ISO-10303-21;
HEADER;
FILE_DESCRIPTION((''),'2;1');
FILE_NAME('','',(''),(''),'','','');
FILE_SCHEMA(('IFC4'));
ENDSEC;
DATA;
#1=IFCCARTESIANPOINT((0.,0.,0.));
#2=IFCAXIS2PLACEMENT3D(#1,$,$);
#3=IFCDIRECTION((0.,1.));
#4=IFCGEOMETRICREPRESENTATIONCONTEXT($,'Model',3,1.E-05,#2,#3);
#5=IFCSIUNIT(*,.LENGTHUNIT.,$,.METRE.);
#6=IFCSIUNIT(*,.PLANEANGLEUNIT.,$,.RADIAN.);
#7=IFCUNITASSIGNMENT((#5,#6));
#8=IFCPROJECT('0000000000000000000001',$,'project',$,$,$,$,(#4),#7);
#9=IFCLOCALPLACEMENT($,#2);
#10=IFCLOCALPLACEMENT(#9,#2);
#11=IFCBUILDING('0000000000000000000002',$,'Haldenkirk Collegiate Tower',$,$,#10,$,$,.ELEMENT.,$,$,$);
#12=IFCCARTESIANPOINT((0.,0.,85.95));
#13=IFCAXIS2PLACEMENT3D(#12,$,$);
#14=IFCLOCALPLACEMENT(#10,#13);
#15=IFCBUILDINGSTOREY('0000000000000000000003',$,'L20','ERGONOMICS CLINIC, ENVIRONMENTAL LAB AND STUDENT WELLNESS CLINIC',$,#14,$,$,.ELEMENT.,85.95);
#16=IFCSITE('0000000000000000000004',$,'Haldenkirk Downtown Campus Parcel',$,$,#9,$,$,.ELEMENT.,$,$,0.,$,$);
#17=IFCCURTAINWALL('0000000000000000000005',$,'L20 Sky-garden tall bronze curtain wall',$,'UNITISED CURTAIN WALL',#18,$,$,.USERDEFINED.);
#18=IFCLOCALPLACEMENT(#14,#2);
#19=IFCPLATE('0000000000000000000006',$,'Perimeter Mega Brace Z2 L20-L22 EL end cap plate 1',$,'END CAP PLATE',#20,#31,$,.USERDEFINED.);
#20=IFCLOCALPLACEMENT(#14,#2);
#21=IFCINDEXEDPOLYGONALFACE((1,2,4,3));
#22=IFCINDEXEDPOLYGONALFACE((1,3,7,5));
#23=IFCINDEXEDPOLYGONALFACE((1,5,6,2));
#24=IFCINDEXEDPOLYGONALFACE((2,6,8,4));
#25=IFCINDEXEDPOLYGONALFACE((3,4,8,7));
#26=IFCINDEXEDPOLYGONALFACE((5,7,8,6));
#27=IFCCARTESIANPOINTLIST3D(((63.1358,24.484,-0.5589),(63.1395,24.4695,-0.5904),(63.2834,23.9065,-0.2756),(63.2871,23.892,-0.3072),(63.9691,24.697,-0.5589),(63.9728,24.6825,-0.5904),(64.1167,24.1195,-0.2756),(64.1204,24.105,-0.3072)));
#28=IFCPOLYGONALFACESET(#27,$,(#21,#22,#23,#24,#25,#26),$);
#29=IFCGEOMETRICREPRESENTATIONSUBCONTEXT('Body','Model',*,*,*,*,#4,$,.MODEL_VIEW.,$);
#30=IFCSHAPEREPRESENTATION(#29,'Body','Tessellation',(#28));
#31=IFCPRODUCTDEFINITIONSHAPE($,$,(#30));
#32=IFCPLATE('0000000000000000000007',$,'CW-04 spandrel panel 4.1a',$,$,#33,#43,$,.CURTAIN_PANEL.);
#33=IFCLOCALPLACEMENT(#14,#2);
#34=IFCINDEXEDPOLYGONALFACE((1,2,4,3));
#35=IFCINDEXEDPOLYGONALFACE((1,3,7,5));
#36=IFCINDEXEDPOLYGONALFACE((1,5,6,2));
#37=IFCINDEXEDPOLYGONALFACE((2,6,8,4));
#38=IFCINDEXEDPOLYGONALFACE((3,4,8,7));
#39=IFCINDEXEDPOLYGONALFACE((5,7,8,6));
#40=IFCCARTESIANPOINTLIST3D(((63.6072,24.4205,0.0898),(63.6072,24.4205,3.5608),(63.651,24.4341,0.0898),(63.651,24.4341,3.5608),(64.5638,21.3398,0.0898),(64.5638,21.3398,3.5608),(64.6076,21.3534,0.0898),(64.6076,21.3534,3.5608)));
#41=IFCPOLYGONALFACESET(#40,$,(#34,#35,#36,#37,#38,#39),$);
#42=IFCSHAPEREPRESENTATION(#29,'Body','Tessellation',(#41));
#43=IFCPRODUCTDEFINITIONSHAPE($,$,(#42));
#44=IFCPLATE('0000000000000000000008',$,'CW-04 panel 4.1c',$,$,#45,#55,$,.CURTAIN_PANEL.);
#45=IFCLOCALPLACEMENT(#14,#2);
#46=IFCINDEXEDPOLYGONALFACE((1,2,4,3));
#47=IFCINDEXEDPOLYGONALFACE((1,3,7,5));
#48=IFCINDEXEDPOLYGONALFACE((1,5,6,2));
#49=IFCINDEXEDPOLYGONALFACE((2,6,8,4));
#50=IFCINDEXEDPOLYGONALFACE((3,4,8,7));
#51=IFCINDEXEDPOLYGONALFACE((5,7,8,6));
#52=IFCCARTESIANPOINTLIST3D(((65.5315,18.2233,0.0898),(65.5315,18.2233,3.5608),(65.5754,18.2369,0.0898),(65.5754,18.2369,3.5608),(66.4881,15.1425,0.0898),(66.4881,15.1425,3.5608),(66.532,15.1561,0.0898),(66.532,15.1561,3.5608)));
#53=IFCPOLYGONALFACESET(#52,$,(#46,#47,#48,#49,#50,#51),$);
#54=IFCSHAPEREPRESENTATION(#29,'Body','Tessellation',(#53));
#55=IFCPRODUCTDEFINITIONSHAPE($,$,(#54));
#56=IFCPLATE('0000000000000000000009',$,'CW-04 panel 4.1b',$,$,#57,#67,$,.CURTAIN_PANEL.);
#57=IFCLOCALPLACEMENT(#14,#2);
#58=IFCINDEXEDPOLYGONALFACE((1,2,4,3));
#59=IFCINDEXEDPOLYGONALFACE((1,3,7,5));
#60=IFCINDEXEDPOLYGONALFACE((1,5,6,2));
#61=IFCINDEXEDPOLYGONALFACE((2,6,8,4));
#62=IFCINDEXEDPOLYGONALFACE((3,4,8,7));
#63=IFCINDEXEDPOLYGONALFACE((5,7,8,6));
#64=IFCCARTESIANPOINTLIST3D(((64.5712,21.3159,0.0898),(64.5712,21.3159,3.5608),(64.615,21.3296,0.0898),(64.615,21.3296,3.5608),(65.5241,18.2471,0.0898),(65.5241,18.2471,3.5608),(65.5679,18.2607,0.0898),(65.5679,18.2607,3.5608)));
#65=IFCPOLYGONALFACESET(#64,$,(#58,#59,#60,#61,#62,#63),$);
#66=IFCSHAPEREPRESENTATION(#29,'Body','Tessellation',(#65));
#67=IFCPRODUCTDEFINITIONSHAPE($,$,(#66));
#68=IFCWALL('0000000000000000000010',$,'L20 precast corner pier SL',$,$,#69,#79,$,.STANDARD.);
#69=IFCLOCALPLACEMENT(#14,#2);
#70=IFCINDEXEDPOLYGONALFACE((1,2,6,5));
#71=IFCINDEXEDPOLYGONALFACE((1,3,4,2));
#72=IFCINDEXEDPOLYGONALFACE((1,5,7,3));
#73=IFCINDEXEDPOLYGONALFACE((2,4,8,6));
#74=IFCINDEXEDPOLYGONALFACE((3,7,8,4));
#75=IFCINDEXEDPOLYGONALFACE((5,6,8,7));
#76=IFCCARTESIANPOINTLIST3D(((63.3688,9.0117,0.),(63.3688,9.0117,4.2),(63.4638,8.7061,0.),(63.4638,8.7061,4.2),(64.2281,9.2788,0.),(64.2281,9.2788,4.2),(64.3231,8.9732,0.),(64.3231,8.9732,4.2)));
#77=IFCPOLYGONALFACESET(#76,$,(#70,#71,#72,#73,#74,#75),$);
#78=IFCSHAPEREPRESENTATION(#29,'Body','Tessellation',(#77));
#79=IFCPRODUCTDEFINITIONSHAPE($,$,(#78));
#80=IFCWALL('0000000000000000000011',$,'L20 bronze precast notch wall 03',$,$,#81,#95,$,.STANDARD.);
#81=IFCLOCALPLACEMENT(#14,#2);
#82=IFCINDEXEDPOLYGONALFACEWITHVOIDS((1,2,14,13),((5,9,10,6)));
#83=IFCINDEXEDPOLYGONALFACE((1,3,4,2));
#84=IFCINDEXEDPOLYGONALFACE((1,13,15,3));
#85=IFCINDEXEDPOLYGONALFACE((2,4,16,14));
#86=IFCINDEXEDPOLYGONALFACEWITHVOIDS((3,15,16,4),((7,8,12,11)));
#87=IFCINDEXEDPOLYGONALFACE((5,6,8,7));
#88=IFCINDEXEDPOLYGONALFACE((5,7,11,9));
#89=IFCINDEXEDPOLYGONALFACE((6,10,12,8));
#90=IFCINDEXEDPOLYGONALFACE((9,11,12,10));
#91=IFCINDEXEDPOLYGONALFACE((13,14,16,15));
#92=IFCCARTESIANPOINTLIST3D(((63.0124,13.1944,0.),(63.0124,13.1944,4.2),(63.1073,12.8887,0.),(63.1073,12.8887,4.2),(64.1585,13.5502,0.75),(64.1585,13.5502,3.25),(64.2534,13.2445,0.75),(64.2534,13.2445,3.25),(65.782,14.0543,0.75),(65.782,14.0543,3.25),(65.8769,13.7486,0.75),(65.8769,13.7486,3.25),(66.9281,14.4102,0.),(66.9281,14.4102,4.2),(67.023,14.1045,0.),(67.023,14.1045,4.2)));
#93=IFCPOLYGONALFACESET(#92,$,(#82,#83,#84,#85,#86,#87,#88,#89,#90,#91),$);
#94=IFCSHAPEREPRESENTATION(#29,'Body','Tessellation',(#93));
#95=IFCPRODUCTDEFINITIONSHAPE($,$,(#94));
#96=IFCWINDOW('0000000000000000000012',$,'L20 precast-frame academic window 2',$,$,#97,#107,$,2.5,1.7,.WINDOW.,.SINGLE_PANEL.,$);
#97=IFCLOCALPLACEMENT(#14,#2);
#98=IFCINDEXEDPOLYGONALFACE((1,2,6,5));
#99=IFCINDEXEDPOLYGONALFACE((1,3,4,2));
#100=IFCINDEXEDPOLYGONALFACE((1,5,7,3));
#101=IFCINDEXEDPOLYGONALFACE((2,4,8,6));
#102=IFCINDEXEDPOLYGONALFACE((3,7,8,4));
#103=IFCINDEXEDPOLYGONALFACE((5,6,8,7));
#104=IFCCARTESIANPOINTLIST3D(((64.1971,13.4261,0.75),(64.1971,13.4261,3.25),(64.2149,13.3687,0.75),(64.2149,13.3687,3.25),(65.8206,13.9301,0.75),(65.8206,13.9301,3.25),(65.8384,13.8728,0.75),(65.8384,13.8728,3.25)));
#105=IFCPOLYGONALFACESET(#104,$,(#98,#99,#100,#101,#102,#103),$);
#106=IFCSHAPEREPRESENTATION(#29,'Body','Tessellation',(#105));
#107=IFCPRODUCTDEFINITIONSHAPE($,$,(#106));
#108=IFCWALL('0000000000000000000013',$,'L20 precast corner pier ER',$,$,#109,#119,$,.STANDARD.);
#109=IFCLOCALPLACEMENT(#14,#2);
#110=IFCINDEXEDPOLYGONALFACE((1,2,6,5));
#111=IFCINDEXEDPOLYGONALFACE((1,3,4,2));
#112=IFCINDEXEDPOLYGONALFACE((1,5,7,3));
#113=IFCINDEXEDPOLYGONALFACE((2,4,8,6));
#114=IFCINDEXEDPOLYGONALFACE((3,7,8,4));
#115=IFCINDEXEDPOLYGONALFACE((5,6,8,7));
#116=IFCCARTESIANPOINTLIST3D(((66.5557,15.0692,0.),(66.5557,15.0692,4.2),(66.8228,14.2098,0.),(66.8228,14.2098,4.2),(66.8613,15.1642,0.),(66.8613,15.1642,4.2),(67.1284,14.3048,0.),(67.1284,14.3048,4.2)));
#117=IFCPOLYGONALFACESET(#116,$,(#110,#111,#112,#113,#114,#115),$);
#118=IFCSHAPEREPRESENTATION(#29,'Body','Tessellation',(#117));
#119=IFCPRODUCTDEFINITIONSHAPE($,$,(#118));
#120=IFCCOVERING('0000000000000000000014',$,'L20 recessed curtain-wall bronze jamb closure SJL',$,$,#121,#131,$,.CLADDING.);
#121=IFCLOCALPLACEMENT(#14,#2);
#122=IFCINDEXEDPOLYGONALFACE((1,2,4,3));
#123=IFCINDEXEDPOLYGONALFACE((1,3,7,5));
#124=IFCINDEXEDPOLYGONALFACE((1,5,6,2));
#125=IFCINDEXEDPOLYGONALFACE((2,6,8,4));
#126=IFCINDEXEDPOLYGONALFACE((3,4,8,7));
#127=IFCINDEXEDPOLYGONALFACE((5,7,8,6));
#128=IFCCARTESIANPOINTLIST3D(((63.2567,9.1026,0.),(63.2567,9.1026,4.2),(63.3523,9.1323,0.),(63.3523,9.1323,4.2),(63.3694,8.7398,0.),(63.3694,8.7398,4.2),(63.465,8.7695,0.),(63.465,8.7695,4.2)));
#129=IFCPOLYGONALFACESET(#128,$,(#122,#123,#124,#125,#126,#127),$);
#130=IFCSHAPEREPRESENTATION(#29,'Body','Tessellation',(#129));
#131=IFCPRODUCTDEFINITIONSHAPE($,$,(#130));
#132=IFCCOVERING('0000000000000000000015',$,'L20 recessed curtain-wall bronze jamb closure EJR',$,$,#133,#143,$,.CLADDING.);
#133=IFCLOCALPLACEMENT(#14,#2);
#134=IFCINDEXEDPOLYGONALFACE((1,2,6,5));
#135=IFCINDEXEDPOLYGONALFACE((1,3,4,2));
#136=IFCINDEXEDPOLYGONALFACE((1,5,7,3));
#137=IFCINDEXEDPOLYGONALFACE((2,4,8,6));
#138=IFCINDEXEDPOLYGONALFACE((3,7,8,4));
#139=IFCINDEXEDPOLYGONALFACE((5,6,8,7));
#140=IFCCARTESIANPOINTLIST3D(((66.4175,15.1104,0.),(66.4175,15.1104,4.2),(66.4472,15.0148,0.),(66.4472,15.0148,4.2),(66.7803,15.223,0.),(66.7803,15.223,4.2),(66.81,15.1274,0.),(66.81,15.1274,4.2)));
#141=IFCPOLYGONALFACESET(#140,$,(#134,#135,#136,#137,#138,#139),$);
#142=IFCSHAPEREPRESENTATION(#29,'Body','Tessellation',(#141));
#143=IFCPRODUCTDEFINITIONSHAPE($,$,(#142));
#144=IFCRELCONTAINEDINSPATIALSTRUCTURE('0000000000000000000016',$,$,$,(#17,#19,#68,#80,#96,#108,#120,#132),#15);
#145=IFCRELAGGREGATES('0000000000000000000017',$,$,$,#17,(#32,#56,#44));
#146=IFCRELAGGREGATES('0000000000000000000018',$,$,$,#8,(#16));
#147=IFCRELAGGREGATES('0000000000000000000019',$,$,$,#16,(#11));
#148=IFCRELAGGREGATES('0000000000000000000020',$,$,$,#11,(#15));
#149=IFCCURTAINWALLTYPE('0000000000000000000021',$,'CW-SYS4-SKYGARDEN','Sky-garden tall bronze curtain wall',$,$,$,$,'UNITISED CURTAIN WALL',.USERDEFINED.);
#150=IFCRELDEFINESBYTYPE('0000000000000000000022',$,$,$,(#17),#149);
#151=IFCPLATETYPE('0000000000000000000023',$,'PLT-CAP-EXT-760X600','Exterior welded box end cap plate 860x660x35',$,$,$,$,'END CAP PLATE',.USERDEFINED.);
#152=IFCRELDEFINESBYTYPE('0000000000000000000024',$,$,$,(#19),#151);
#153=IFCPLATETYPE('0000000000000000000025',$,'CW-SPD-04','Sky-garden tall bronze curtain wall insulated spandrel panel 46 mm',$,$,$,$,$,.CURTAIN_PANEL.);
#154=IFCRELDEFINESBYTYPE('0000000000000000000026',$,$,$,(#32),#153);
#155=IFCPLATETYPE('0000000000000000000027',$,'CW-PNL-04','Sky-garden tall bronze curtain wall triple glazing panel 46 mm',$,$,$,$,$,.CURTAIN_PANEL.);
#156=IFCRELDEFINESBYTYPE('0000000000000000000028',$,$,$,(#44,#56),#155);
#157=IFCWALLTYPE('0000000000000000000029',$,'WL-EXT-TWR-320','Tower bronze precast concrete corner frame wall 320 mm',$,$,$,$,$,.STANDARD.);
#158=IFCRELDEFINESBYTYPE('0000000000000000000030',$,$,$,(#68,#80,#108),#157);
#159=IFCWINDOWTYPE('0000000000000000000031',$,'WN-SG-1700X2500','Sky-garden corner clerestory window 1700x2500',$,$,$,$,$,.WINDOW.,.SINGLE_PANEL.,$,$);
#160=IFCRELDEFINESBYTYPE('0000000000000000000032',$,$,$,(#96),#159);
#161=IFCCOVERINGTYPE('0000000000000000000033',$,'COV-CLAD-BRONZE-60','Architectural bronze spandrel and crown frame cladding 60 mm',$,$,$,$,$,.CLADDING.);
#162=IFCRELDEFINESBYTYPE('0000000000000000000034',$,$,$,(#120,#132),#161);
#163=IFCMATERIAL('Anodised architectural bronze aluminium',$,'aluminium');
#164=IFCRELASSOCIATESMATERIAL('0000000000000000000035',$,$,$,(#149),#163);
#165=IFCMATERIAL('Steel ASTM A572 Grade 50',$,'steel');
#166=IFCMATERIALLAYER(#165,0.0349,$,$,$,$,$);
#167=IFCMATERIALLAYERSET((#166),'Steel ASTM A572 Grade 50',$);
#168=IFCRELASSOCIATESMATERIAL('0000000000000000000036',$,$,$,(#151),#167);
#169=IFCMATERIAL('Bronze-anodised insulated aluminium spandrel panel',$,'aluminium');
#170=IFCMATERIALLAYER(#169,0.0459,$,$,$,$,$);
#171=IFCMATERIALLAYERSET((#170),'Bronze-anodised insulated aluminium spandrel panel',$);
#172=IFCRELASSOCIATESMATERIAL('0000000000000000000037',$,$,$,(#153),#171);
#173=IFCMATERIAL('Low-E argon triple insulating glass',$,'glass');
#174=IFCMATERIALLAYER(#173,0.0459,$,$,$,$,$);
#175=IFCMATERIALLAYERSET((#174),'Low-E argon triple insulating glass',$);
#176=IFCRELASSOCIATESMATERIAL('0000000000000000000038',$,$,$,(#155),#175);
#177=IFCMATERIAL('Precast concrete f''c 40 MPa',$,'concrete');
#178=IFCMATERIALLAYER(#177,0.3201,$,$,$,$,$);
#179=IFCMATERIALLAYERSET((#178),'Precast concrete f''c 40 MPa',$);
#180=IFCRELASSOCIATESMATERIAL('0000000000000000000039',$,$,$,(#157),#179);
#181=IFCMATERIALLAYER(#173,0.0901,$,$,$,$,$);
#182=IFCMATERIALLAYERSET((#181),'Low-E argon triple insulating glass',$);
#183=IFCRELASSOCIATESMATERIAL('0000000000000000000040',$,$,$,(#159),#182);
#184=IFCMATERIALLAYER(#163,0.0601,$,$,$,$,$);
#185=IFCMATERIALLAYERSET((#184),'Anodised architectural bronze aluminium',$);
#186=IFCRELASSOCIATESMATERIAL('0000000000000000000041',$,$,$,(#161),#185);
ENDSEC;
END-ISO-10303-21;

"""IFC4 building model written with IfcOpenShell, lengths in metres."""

from ifc_helpers import new_model, si_unit, direction, frame, frame_2d, origin, origin_2d, place, context, subcontext, project, spatial, rectangle, extrude, source, transform, mapped, material, layer, layer_set, type_object, element, fill, aggregate, save


model = new_model("IFC4")

# Units and contexts
model_context = context("Model", 3, precision=1e-05, world=origin(), true_north=direction((0.0, 1.0)))
body_context = subcontext(model_context, "Body", "Model", "MODEL_VIEW")
ifc_project = project(units=[si_unit("LENGTHUNIT", "METRE"), si_unit("PLANEANGLEUNIT", "RADIAN")], contexts=[model_context])

# Site, building, storey
site_placement = place(None, origin())
site = spatial("IfcSite", under=ifc_project, at=site_placement, Name="Haldenkirk Downtown Campus Parcel", CompositionType="ELEMENT", RefElevation=0.0)
building_placement = place(site_placement, origin())
building = spatial("IfcBuilding", under=site, at=building_placement, Name="Haldenkirk Collegiate Tower", CompositionType="ELEMENT")
storey_placement = place(building_placement, frame((0.0, 0.0, 85.95)))
storey = spatial("IfcBuildingStorey", under=building, at=storey_placement, Name="L20", Description="ERGONOMICS CLINIC, ENVIRONMENTAL LAB AND STUDENT WELLNESS CLINIC", CompositionType="ELEMENT", Elevation=85.95)

# Shared definitions
ifc_material_1 = material(Name="Anodised architectural bronze aluminium", Category="aluminium")
curtain_wall_type = type_object("IfcCurtainWallType", Name="CW-SYS4-SKYGARDEN", Description="Sky-garden tall bronze curtain wall", ElementType="UNITISED CURTAIN WALL", PredefinedType="USERDEFINED", material=ifc_material_1)

# Curtain wall
curtain_wall_1_placement = place(storey_placement, origin())
curtain_wall_1 = element("IfcCurtainWall", 1, at=curtain_wall_1_placement, inside=storey, type_object=curtain_wall_type, Name="L20 Sky-garden tall bronze curtain wall", ObjectType="UNITISED CURTAIN WALL", PredefinedType="USERDEFINED")

# Shared definitions
ifc_material_2 = material(Name="Steel ASTM A572 Grade 50", Category="steel")

# Plates
ifc_layer_1 = layer(ifc_material_2, 0.0349)
ifc_layer_set_1 = layer_set([ifc_layer_1], Name="Steel ASTM A572 Grade 50")
plate_type_1 = type_object("IfcPlateType", Name="PLT-CAP-EXT-760X600", Description="Exterior welded box end cap plate 860x660x35", ElementType="END CAP PLATE", PredefinedType="USERDEFINED", material=ifc_layer_set_1)
shared_shape_1 = source(origin(), body_context, "Body", "SweptSolid", [
    extrude(rectangle(XDim=0.8601, YDim=0.6599, at=origin_2d()), origin(), (0.0, 0.0, 1.0), 0.0349),
])
plate_1_placement = place(storey_placement, frame((63.6262, 24.3018, -0.4172), z_axis=(0.106297, -0.415827, -0.90321), x_axis=(0.968846, 0.247664, 0.0)))
element("IfcPlate", 2, at=plate_1_placement, inside=storey, type_object=plate_type_1, Name="Perimeter Mega Brace Z2 L20-L22 EL end cap plate 1", ObjectType="END CAP PLATE", PredefinedType="USERDEFINED", context=body_context, shape_type="MappedRepresentation", body=[
    mapped(shared_shape_1, transform((0.0, 0.0, 0.0), x_axis=(1.0, 0.0, 0.0), y_axis=(0.0, 1.0, 0.0), z_axis=(0.0, 0.0, 1.0), scale=1.0)),
])
ifc_material_3 = material(Name="Bronze-anodised insulated aluminium spandrel panel", Category="aluminium")
ifc_layer_2 = layer(ifc_material_3, 0.0459)
ifc_layer_set_2 = layer_set([ifc_layer_2], Name="Bronze-anodised insulated aluminium spandrel panel")
plate_type_2 = type_object("IfcPlateType", Name="CW-SPD-04", Description="Sky-garden tall bronze curtain wall insulated spandrel panel 46 mm", PredefinedType="CURTAIN_PANEL", material=ifc_layer_set_2)
shared_shape_2 = source(origin(), body_context, "Body", "SweptSolid", [
    extrude(rectangle(XDim=3.2258, YDim=0.0459, at=origin_2d()), origin(), (0.0, 0.0, 1.0), 3.4709),
])
plate_2_placement = place(storey_placement, frame((64.1074, 22.887, 0.0898), z_axis=(0.0, 0.0, 1.0), x_axis=(0.296541, -0.95502, 0.0)))
plate_2 = element("IfcPlate", 3, at=plate_2_placement, type_object=plate_type_2, Name="CW-04 spandrel panel 4.1a", PredefinedType="CURTAIN_PANEL", context=body_context, shape_type="MappedRepresentation", body=[
    mapped(shared_shape_2, transform((0.0, 0.0, 0.0), x_axis=(1.0, 0.0, 0.0), y_axis=(0.0, 1.0, 0.0), z_axis=(0.0, 0.0, 1.0), scale=1.0)),
])
ifc_material_4 = material(Name="Low-E argon triple insulating glass", Category="glass")
ifc_layer_3 = layer(ifc_material_4, 0.0459)
ifc_layer_set_3 = layer_set([ifc_layer_3], Name="Low-E argon triple insulating glass")
plate_type_3 = type_object("IfcPlateType", Name="CW-PNL-04", Description="Sky-garden tall bronze curtain wall triple glazing panel 46 mm", PredefinedType="CURTAIN_PANEL", material=ifc_layer_set_3)
plate_3_placement = place(storey_placement, frame((66.0317, 16.6897, 0.0898), z_axis=(0.0, 0.0, 1.0), x_axis=(0.296541, -0.95502, 0.0)))
plate_3 = element("IfcPlate", 4, at=plate_3_placement, type_object=plate_type_3, Name="CW-04 panel 4.1c", PredefinedType="CURTAIN_PANEL", context=body_context, shape_type="MappedRepresentation", body=[
    mapped(shared_shape_2, transform((0.0, 0.0, 0.0), x_axis=(1.0, 0.0, 0.0), y_axis=(0.0, 1.0, 0.0), z_axis=(0.0, 0.0, 1.0), scale=1.0)),
])
shared_shape_3 = source(origin(), body_context, "Body", "SweptSolid", [
    extrude(rectangle(XDim=3.2134, YDim=0.0459, at=origin_2d()), origin(), (0.0, 0.0, 1.0), 3.4709),
])
plate_4_placement = place(storey_placement, frame((65.0696, 19.7883, 0.0898), z_axis=(0.0, 0.0, 1.0), x_axis=(0.296541, -0.95502, 0.0)))
plate_4 = element("IfcPlate", 5, at=plate_4_placement, type_object=plate_type_3, Name="CW-04 panel 4.1b", PredefinedType="CURTAIN_PANEL", context=body_context, shape_type="MappedRepresentation", body=[
    mapped(shared_shape_3, transform((0.0, 0.0, 0.0), x_axis=(1.0, 0.0, 0.0), y_axis=(0.0, 1.0, 0.0), z_axis=(0.0, 0.0, 1.0), scale=1.0)),
])
aggregate(curtain_wall_1, [plate_2, plate_4, plate_3])

# Wall
ifc_material_5 = material(Name="Precast concrete f'c 40 MPa", Category="concrete")
ifc_layer_4 = layer(ifc_material_5, 0.3201)
ifc_layer_set_4 = layer_set([ifc_layer_4], Name="Precast concrete f'c 40 MPa")
wall_type = type_object("IfcWallType", Name="WL-EXT-TWR-320", Description="Tower bronze precast concrete corner frame wall 320 mm", PredefinedType="STANDARD", material=ifc_layer_set_4)
wall_1_placement = place(storey_placement, frame((64.2756, 9.126, 0.0), z_axis=(0.0, 0.0, 1.0), x_axis=(-0.954942, -0.296792, 0.0)))
element("IfcWall", 6, at=wall_1_placement, inside=storey, type_object=wall_type, Name="L20 precast corner pier SL", PredefinedType="STANDARD", context=body_context, shape_type="SweptSolid", body=[
    extrude(rectangle(XDim=0.8999, YDim=0.3201, at=frame_2d((0.45, 0.0))), origin(), (0.0, 0.0, 1.0), 4.2),
])

# Wall, opening, window
wall_2_placement = place(storey_placement, frame((66.9756, 14.2573, 0.0), z_axis=(0.0, 0.0, 1.0), x_axis=(-0.955024, -0.296528, 0.0)))
wall_2 = element("IfcWall", 7, at=wall_2_placement, inside=storey, type_object=wall_type, Name="L20 bronze precast notch wall 03", PredefinedType="STANDARD", context=body_context, shape_type="SweptSolid", body=[
    extrude(rectangle(XDim=4.1001, YDim=0.3201, at=frame_2d((2.05, 0.0))), origin(), (0.0, 0.0, 1.0), 4.2),
])
opening_placement = place(wall_2_placement, frame((1.2, 0.0, 0.75)))
opening = element("IfcOpeningElement", 8, at=opening_placement, cuts=wall_2, PredefinedType="OPENING", context=body_context, shape_type="SweptSolid", body=[
    extrude(rectangle(XDim=1.7, YDim=2.5, at=frame_2d((0.8501, 1.25))), frame((0.0, 0.1699, 0.0), z_axis=(0.0, -1.0, 0.0), x_axis=(1.0, 0.0, 0.0)), (0.0, 0.0, 1.0), 0.3401),
])
ifc_layer_5 = layer(ifc_material_4, 0.0901)
ifc_layer_set_5 = layer_set([ifc_layer_5], Name="Low-E argon triple insulating glass")
window_type = type_object("IfcWindowType", Name="WN-SG-1700X2500", Description="Sky-garden corner clerestory window 1700x2500", PartitioningType="SINGLE_PANEL", PredefinedType="WINDOW", material=ifc_layer_set_5)
window_placement = place(opening_placement, origin())
window = element("IfcWindow", 9, at=window_placement, inside=storey, type_object=window_type, Name="L20 precast-frame academic window 2", OverallHeight=2.5, OverallWidth=1.7, PartitioningType="SINGLE_PANEL", PredefinedType="WINDOW", context=body_context, shape_type="SweptSolid", body=[
    extrude(rectangle(XDim=1.7, YDim=2.5, at=frame_2d((0.8501, 1.25))), frame((0.0, 0.03, 0.0), z_axis=(0.0, -1.0, 0.0), x_axis=(1.0, 0.0, 0.0)), (0.0, 0.0, 1.0), 0.0601),
])
fill(opening, window)

# Wall
wall_3_placement = place(storey_placement, frame((66.7085, 15.1167, 0.0), z_axis=(0.0, 0.0, 1.0), x_axis=(0.296792, -0.954942, 0.0)))
element("IfcWall", 10, at=wall_3_placement, inside=storey, type_object=wall_type, Name="L20 precast corner pier ER", PredefinedType="STANDARD", context=body_context, shape_type="SweptSolid", body=[
    extrude(rectangle(XDim=0.8999, YDim=0.3201, at=frame_2d((0.45, 0.0))), origin(), (0.0, 0.0, 1.0), 4.2),
])

# Coverings
ifc_layer_6 = layer(ifc_material_1, 0.0601)
ifc_layer_set_6 = layer_set([ifc_layer_6], Name="Anodised architectural bronze aluminium")
covering_type = type_object("IfcCoveringType", Name="COV-CLAD-BRONZE-60", Description="Architectural bronze spandrel and crown frame cladding 60 mm", PredefinedType="CLADDING", material=ifc_layer_set_6)
shared_shape_4 = source(origin(), body_context, "Body", "SweptSolid", [
    extrude(rectangle(XDim=0.1001, YDim=0.3799, at=origin_2d()), origin(), (0.0, 0.0, 1.0), 4.2),
])
for number, where, z_axis, x_axis, name in (
    (11, (63.3608, 8.936, 0.0), (0.0, 0.0, 1.0), (-0.95502, -0.296542, 0.0), "L20 recessed curtain-wall bronze jamb closure SJL"),
    (12, (66.6138, 15.1189, 0.0), (0.0, 0.0, 1.0), (0.296542, -0.95502, 0.0), "L20 recessed curtain-wall bronze jamb closure EJR"),
):
    element("IfcCovering", number, at=place(storey_placement, frame(where, z_axis=z_axis, x_axis=x_axis)), inside=storey, type_object=covering_type, Name=name, PredefinedType="CLADDING", context=body_context, shape_type="MappedRepresentation", body=[
        mapped(shared_shape_4, transform((0.0, 0.0, 0.0), x_axis=(1.0, 0.0, 0.0), y_axis=(0.0, 1.0, 0.0), z_axis=(0.0, 0.0, 1.0), scale=1.0)),
    ])

save(model, "model.ifc")
